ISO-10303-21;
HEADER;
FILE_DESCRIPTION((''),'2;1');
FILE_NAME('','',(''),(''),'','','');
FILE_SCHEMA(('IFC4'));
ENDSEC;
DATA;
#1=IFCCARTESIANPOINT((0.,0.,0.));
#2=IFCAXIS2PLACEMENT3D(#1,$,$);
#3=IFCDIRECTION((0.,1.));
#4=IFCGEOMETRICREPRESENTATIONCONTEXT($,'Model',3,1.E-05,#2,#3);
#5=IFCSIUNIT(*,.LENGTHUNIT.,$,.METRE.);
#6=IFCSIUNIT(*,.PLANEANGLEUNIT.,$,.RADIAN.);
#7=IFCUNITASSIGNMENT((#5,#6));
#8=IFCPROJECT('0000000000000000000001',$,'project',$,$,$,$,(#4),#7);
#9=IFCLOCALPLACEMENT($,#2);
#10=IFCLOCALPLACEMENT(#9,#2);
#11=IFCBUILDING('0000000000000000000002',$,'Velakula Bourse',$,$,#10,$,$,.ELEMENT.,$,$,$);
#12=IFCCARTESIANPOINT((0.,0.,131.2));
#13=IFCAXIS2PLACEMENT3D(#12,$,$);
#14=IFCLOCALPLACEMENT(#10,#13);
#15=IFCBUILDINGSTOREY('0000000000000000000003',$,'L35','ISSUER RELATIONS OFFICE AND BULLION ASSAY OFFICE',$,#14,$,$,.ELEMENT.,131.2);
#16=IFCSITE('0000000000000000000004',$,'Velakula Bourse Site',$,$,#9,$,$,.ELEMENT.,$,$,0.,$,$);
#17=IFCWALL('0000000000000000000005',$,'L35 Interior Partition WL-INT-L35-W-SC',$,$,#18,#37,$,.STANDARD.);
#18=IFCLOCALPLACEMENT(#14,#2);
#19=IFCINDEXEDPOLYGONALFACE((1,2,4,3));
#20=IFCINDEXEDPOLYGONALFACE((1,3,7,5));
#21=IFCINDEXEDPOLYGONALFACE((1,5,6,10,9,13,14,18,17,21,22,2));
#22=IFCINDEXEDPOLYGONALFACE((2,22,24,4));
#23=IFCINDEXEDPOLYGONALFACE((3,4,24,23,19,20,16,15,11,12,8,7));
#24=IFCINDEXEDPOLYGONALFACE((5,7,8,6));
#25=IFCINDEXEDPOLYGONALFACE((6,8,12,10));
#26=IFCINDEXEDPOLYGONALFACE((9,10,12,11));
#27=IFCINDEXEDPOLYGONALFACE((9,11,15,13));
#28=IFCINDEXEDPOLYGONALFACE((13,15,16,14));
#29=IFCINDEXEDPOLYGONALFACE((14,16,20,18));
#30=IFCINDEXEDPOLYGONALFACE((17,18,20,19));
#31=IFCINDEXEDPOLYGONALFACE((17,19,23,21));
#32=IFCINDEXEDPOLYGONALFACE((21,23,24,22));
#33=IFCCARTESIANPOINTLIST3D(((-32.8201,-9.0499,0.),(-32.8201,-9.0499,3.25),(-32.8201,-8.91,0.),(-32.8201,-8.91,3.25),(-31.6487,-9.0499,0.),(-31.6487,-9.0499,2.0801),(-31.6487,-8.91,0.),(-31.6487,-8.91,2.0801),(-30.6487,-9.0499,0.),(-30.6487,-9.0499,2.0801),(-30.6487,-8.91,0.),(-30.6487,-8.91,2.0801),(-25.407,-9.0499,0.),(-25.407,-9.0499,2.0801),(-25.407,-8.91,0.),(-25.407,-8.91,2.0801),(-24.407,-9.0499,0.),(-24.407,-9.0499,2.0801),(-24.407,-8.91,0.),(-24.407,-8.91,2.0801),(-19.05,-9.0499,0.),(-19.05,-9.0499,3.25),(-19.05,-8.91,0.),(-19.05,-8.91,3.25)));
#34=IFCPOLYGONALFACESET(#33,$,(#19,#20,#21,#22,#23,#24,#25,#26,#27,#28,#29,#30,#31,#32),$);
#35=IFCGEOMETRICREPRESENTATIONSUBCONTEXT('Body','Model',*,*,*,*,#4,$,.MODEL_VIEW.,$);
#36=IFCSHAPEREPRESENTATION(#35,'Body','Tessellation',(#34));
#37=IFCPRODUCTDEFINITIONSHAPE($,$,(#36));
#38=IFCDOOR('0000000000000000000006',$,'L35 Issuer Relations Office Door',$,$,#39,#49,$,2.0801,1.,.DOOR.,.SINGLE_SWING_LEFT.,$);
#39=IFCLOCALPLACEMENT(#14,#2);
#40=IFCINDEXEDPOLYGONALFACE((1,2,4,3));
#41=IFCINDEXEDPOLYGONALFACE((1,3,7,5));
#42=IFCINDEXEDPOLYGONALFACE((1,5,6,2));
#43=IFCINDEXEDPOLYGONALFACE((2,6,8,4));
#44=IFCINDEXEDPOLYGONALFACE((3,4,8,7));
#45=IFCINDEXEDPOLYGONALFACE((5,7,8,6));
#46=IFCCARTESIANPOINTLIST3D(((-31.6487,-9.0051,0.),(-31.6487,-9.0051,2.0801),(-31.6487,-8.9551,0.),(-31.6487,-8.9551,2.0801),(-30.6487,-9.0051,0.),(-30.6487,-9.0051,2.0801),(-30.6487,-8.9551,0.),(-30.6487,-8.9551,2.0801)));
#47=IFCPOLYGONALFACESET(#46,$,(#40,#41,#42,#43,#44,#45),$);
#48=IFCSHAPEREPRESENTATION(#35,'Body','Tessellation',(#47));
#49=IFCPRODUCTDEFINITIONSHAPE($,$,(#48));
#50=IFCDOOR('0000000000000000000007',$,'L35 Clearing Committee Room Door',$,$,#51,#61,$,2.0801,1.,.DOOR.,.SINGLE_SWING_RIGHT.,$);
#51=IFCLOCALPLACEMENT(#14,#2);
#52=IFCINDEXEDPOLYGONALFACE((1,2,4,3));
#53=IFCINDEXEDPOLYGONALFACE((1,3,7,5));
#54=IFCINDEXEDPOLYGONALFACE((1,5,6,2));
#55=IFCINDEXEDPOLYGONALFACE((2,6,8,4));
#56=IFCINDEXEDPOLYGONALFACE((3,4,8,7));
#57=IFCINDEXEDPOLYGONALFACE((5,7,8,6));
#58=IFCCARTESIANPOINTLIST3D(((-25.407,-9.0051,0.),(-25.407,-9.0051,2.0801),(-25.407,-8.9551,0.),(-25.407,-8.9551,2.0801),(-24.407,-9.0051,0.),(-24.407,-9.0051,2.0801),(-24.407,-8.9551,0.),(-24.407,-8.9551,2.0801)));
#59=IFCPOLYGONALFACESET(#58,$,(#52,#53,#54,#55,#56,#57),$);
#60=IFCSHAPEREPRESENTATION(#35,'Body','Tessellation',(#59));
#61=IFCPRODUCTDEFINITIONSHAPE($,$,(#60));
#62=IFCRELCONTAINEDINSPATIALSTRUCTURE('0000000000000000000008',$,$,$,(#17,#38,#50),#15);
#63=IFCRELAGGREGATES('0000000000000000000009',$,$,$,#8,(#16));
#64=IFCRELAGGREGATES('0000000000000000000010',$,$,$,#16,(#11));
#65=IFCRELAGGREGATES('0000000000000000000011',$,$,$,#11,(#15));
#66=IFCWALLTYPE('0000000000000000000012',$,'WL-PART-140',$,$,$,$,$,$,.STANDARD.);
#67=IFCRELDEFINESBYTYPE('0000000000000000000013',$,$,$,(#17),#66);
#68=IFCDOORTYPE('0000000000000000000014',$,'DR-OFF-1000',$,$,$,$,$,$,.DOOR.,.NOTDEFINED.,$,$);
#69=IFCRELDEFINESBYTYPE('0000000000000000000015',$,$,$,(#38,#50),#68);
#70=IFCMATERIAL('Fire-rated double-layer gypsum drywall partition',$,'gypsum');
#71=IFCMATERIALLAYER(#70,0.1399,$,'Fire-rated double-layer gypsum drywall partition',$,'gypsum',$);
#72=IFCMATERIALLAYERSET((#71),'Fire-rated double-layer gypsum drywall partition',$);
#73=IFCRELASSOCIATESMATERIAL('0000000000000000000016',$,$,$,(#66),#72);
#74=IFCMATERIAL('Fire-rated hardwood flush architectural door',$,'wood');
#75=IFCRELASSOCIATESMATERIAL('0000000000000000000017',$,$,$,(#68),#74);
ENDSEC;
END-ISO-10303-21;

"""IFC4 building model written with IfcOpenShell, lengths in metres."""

from ifc_helpers import new_model, si_unit, direction, frame, frame_2d, origin, place, context, subcontext, project, spatial, rectangle, extrude, material, layer, layer_set, type_object, element, fill, save


model = new_model("IFC4")

# Units and contexts
model_context = context("Model", 3, precision=1e-05, world=origin(), true_north=direction((0.0, 1.0)))
body_context = subcontext(model_context, "Body", "Model", "MODEL_VIEW")
ifc_project = project(units=[si_unit("LENGTHUNIT", "METRE"), si_unit("PLANEANGLEUNIT", "RADIAN")], contexts=[model_context])

# Site, building, storey
site_placement = place(None, origin())
site = spatial("IfcSite", under=ifc_project, at=site_placement, Name="Velakula Bourse Site", CompositionType="ELEMENT", RefElevation=0.0)
building_placement = place(site_placement, origin())
building = spatial("IfcBuilding", under=site, at=building_placement, Name="Velakula Bourse", CompositionType="ELEMENT")
storey_placement = place(building_placement, frame((0.0, 0.0, 131.2)))
storey = spatial("IfcBuildingStorey", under=building, at=storey_placement, Name="L35", Description="ISSUER RELATIONS OFFICE AND BULLION ASSAY OFFICE", CompositionType="ELEMENT", Elevation=131.2)

# Shared definitions
ifc_material_1 = material(Name="Fire-rated double-layer gypsum drywall partition", Category="gypsum")

# Wall, openings, doors
ifc_layer_1 = layer(ifc_material_1, 0.1399, Name="Fire-rated double-layer gypsum drywall partition", Category="gypsum")
ifc_layer_set_1 = layer_set([ifc_layer_1], Name="Fire-rated double-layer gypsum drywall partition")
wall_type_1 = type_object("IfcWallType", Name="WL-PART-140", PredefinedType="STANDARD", material=ifc_layer_set_1)
ifc_material_2 = material(Name="Fire-rated hardwood flush architectural door", Category="wood")
door_type_1 = type_object("IfcDoorType", Name="DR-OFF-1000", OperationType="NOTDEFINED", PredefinedType="DOOR", material=ifc_material_2)
wall_1_placement = place(storey_placement, frame((-32.8201, -8.98, 0.0), z_axis=(0.0, 0.0, 1.0), x_axis=(1.0, 0.0, 0.0)))
wall_1 = element("IfcWall", 1, at=wall_1_placement, inside=storey, type_object=wall_type_1, Name="L35 Interior Partition WL-INT-L35-W-SC", PredefinedType="STANDARD", context=body_context, shape_type="SweptSolid", body=[
    extrude(rectangle(XDim=13.77, YDim=0.1399, at=frame_2d((6.885, 0.0))), origin(), (0.0, 0.0, 1.0), 3.25),
])
opening_1_placement = place(wall_1_placement, frame((1.1714, 0.0, 0.0)))
opening_1 = element("IfcOpeningElement", 2, at=opening_1_placement, cuts=wall_1, PredefinedType="OPENING", context=body_context, shape_type="SweptSolid", body=[
    extrude(rectangle(XDim=1.0, YDim=2.0801, at=frame_2d((0.5, 1.04))), frame((0.0, 0.0798, 0.0), z_axis=(0.0, -1.0, 0.0), x_axis=(1.0, 0.0, 0.0)), (0.0, 0.0, 1.0), 0.1599),
])
opening_2_placement = place(wall_1_placement, frame((7.4131, 0.0, 0.0)))
opening_2 = element("IfcOpeningElement", 3, at=opening_2_placement, cuts=wall_1, PredefinedType="OPENING", context=body_context, shape_type="SweptSolid", body=[
    extrude(rectangle(XDim=1.0, YDim=2.0801, at=frame_2d((0.5, 1.04))), frame((0.0, 0.0798, 0.0), z_axis=(0.0, -1.0, 0.0), x_axis=(1.0, 0.0, 0.0)), (0.0, 0.0, 1.0), 0.1599),
])
door_1_placement = place(opening_1_placement, origin())
door_1 = element("IfcDoor", 4, at=door_1_placement, inside=storey, type_object=door_type_1, Name="L35 Issuer Relations Office Door", OperationType="SINGLE_SWING_LEFT", OverallHeight=2.0801, OverallWidth=1.0, PredefinedType="DOOR", context=body_context, shape_type="SweptSolid", body=[
    extrude(rectangle(XDim=1.0, YDim=2.0801, at=frame_2d((0.5, 1.04))), frame((0.0, 0.0249, 0.0), z_axis=(0.0, -1.0, 0.0), x_axis=(1.0, 0.0, 0.0)), (0.0, 0.0, 1.0), 0.05),
])
fill(opening_1, door_1)
door_2_placement = place(opening_2_placement, origin())
door_2 = element("IfcDoor", 5, at=door_2_placement, inside=storey, type_object=door_type_1, Name="L35 Clearing Committee Room Door", OperationType="SINGLE_SWING_RIGHT", OverallHeight=2.0801, OverallWidth=1.0, PredefinedType="DOOR", context=body_context, shape_type="SweptSolid", body=[
    extrude(rectangle(XDim=1.0, YDim=2.0801, at=frame_2d((0.5, 1.04))), frame((0.0, 0.0249, 0.0), z_axis=(0.0, -1.0, 0.0), x_axis=(1.0, 0.0, 0.0)), (0.0, 0.0, 1.0), 0.05),
])
fill(opening_2, door_2)

save(model, "model.ifc")
